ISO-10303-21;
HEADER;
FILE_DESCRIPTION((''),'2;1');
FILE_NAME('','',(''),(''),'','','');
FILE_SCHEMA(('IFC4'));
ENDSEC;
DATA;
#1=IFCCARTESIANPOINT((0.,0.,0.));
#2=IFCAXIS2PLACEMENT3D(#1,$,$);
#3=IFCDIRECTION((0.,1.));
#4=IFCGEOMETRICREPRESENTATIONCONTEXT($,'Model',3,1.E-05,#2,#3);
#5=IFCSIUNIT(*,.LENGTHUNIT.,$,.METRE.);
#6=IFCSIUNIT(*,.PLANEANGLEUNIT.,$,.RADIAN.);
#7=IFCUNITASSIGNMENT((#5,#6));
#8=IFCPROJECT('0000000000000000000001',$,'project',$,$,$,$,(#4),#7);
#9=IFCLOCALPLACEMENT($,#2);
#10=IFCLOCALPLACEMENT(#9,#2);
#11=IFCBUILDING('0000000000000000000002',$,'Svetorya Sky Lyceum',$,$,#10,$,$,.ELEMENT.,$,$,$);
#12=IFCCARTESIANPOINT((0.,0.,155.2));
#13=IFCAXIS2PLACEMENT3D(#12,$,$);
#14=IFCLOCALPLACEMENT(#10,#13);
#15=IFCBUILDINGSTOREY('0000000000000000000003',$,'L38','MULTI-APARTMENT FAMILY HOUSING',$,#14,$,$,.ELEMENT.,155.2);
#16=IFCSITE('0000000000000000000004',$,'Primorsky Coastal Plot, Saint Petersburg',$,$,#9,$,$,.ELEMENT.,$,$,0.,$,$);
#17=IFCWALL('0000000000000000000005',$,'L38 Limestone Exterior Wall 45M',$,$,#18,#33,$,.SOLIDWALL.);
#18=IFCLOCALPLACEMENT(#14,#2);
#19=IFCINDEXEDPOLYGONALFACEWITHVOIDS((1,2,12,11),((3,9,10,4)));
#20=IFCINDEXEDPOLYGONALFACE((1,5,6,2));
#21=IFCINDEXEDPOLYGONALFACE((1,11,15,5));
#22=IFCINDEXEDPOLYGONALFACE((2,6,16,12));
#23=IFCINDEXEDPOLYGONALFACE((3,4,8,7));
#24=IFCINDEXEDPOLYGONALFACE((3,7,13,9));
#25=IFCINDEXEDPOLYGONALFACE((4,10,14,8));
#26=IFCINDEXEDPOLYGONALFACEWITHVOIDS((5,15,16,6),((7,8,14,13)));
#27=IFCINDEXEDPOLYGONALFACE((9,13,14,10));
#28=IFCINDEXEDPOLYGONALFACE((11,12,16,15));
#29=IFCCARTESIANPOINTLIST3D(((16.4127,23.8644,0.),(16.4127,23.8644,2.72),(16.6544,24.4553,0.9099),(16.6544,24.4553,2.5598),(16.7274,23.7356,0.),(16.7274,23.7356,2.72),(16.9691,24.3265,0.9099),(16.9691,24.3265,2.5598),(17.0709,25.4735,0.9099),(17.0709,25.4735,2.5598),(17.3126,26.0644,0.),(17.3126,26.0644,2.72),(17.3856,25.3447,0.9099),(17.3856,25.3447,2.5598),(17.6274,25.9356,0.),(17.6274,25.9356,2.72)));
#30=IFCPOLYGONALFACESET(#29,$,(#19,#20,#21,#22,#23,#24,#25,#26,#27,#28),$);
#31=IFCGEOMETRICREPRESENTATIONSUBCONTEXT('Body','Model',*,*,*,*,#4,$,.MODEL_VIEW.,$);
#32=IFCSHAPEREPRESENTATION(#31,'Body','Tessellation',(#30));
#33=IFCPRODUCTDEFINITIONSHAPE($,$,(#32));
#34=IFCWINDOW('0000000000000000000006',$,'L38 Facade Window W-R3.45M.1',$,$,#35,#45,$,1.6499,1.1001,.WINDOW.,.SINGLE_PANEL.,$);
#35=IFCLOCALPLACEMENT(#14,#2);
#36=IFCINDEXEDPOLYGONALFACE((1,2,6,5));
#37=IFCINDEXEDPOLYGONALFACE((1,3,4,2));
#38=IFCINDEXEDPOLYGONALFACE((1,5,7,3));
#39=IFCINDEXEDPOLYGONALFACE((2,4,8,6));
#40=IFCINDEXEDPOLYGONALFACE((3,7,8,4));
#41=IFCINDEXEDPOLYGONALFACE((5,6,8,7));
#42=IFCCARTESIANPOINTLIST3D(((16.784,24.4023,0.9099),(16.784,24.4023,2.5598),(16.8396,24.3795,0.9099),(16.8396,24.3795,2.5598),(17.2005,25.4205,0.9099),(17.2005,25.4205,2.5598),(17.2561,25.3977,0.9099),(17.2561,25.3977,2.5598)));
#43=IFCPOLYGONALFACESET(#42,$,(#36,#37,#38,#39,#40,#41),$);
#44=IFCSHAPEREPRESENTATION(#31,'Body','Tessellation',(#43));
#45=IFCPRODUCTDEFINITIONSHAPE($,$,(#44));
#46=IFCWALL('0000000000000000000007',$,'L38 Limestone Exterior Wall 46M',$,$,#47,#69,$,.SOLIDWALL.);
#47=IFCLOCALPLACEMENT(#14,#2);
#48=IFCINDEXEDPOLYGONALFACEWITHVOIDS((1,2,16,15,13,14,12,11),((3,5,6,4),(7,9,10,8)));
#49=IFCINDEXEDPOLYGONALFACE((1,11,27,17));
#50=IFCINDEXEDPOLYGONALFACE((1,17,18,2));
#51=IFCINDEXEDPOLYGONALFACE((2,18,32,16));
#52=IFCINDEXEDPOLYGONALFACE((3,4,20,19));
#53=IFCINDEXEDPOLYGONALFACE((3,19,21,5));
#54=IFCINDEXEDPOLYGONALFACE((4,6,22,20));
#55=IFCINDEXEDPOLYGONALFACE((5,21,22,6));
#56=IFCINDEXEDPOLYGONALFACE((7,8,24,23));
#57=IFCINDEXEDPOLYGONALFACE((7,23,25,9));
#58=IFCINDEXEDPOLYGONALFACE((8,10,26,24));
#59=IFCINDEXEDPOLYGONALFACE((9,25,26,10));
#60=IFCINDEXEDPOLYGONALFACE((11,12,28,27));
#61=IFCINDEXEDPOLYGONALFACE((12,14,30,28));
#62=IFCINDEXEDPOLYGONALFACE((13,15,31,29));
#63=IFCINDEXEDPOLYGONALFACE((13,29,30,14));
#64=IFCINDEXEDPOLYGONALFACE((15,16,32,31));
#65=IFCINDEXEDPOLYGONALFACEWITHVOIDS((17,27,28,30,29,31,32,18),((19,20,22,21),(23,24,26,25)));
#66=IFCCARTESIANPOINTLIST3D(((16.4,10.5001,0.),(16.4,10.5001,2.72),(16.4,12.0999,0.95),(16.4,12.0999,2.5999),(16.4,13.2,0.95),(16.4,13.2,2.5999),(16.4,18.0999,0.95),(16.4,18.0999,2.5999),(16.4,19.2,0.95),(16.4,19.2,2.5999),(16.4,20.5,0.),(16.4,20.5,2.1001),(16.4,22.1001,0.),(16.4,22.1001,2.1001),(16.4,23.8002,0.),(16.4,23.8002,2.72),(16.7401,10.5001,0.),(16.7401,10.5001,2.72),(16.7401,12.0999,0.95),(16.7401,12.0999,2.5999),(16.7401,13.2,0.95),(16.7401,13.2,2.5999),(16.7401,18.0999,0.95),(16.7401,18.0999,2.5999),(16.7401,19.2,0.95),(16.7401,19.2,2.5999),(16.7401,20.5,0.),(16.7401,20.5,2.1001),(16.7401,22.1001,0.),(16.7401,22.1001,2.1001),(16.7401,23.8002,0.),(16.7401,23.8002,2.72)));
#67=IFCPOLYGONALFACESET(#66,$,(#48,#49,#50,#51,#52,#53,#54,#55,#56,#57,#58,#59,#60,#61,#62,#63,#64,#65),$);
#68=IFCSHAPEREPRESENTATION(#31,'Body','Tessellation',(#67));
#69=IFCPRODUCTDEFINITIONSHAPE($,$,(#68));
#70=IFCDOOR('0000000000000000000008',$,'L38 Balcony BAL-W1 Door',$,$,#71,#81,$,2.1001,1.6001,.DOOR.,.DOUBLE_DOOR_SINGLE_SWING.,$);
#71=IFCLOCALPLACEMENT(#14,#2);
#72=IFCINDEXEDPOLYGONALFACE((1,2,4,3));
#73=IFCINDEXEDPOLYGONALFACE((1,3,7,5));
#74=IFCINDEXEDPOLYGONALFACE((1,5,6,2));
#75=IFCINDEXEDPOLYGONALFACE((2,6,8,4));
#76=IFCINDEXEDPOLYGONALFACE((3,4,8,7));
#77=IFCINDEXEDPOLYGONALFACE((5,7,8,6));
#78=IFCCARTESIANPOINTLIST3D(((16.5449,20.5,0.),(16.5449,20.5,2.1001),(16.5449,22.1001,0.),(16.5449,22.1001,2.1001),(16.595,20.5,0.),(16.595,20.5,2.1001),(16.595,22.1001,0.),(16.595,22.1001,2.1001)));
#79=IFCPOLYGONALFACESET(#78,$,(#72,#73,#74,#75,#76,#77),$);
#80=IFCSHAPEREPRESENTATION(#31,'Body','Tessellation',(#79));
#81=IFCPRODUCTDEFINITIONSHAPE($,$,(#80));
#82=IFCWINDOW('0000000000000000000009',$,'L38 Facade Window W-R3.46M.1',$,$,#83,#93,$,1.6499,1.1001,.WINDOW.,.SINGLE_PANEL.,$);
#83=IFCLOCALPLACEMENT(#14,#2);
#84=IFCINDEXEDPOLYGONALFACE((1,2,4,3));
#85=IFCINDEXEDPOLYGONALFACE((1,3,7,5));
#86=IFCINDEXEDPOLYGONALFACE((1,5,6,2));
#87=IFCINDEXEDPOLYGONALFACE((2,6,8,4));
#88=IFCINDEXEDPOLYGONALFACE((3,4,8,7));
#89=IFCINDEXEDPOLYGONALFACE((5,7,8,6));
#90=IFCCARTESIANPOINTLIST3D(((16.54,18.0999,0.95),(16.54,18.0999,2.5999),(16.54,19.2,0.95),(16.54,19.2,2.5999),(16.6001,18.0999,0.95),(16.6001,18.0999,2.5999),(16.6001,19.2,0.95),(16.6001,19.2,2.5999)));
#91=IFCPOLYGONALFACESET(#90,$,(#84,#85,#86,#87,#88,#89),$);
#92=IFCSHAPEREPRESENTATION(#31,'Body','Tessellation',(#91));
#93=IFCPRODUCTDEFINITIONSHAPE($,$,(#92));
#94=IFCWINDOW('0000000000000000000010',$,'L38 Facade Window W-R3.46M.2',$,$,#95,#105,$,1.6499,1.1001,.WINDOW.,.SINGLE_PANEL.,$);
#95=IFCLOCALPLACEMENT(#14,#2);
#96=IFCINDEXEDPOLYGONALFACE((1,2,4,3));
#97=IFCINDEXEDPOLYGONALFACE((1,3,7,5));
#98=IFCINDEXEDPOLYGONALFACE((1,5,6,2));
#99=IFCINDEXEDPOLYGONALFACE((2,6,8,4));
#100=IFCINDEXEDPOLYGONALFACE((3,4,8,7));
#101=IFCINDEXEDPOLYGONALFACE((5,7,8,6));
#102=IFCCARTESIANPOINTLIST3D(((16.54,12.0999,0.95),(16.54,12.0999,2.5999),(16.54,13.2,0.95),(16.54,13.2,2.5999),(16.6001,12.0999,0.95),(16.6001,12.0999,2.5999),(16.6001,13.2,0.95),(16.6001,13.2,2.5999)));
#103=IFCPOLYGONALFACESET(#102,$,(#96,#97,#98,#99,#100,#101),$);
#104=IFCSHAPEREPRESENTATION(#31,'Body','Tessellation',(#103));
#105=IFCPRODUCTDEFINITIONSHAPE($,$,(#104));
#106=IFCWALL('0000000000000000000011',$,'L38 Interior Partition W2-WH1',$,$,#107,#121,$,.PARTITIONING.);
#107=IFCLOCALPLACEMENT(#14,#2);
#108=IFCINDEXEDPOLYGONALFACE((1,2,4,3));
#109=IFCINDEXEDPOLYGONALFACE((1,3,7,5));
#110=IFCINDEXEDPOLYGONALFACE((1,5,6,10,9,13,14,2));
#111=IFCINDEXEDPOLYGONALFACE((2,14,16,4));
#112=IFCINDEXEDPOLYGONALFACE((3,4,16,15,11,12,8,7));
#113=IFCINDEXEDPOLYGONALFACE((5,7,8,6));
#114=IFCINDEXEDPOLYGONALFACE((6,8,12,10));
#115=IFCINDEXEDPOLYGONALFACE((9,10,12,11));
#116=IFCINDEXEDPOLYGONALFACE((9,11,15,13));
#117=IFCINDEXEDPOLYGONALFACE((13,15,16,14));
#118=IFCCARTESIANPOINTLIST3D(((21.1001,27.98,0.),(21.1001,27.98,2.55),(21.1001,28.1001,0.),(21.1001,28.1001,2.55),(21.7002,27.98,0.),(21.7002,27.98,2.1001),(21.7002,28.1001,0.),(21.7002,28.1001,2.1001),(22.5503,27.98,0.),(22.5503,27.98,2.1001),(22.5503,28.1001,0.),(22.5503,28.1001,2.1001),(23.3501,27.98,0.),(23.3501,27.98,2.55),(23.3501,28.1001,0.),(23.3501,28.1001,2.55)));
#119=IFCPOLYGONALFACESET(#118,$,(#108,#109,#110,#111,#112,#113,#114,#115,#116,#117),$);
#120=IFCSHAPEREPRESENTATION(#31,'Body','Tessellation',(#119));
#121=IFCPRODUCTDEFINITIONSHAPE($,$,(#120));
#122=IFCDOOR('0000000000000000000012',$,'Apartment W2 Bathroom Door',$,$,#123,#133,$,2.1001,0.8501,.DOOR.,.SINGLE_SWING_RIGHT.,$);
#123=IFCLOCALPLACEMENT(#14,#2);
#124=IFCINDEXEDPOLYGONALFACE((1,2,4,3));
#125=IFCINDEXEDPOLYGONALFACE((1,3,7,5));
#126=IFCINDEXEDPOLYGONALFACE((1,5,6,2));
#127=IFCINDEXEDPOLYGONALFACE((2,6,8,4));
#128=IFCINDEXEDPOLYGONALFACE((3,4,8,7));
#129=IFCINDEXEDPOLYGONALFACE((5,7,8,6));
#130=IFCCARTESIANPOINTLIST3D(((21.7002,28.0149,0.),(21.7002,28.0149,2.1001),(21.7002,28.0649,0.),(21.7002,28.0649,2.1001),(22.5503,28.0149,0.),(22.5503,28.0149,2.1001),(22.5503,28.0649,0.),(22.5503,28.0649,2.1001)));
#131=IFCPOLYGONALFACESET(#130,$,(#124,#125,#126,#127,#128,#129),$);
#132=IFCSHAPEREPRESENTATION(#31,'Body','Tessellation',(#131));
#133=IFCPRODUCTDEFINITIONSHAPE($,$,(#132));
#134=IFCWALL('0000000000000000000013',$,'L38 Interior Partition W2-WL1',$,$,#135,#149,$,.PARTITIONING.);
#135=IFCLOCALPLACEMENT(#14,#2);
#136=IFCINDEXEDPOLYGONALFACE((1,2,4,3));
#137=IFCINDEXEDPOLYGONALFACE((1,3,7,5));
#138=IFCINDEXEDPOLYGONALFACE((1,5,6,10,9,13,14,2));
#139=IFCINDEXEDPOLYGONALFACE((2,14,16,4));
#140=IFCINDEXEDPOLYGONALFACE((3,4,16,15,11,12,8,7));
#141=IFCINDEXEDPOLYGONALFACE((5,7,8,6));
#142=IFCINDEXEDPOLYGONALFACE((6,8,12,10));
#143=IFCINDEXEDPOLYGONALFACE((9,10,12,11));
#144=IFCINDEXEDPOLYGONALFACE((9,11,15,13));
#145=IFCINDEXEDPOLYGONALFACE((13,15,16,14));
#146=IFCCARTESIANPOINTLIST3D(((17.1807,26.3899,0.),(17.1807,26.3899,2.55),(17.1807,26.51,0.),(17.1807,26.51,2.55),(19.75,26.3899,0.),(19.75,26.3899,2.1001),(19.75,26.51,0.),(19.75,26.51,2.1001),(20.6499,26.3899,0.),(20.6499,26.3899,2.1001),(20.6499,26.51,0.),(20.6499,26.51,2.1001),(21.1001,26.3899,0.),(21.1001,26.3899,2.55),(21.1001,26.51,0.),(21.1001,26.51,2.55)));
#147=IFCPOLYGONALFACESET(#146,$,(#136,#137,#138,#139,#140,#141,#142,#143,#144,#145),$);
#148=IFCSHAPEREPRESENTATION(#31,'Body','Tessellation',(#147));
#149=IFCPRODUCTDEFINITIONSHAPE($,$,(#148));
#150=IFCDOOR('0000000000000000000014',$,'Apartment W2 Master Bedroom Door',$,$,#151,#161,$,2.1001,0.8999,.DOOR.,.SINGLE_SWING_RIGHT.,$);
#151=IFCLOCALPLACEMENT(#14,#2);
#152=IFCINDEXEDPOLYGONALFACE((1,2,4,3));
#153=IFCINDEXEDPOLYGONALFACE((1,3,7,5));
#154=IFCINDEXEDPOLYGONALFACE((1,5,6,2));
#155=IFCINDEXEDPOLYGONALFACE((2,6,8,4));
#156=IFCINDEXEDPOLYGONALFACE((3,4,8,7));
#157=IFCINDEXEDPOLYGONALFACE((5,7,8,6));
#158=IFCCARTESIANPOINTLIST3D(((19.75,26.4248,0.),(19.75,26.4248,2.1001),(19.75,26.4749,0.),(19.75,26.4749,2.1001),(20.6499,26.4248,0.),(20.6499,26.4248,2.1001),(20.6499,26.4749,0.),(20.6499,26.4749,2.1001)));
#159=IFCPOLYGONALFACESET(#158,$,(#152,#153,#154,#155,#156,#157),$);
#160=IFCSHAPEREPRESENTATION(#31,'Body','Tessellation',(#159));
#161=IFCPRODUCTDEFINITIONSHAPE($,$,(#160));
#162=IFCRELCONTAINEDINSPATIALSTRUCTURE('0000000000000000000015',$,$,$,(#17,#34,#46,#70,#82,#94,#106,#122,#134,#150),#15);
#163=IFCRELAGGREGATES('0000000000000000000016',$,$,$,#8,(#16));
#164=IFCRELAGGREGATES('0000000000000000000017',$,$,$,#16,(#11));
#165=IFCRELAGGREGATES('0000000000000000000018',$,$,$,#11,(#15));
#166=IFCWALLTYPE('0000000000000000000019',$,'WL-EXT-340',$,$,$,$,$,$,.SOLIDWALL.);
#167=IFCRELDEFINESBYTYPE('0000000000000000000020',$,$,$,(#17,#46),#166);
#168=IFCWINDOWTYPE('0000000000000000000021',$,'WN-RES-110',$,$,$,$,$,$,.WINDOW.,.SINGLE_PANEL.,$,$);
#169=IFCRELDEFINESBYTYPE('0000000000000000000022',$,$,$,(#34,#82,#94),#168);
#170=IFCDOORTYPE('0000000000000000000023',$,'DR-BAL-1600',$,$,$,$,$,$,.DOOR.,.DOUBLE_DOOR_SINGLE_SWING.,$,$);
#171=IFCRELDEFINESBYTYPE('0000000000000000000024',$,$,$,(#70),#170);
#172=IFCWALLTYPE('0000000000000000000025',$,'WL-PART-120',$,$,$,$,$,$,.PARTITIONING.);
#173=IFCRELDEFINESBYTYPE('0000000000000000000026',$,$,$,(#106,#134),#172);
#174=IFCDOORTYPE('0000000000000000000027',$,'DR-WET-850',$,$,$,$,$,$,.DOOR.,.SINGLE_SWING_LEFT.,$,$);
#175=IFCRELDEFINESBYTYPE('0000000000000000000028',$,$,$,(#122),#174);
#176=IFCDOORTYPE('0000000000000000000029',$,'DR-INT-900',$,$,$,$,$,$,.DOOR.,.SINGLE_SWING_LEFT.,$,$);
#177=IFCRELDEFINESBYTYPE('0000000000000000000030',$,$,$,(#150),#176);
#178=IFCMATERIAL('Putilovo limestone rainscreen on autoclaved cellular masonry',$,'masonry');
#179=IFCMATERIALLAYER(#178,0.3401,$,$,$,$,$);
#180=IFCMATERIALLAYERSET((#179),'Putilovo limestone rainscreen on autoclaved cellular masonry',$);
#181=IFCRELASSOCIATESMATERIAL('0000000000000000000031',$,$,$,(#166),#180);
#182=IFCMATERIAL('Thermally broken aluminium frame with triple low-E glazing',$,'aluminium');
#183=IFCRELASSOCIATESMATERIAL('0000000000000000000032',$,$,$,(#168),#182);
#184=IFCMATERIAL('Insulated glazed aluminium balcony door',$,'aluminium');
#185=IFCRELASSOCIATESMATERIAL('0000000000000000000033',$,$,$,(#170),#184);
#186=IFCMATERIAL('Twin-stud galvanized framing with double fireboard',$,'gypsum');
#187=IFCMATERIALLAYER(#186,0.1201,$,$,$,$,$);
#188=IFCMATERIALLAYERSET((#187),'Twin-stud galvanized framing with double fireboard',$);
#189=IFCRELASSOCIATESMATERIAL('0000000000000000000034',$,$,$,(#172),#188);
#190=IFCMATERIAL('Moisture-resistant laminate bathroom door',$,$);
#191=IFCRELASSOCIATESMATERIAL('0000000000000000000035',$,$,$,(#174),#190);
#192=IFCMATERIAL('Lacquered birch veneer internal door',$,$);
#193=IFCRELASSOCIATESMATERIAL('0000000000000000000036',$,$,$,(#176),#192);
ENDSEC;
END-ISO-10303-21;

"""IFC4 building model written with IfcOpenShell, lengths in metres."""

from ifc_helpers import new_model, si_unit, direction, frame, frame_2d, origin, place, context, subcontext, project, spatial, rectangle, extrude, material, layer, layer_set, type_object, element, fill, save


model = new_model("IFC4")

# Units and contexts
model_context = context("Model", 3, precision=1e-05, world=origin(), true_north=direction((0.0, 1.0)))
body_context = subcontext(model_context, "Body", "Model", "MODEL_VIEW")
ifc_project = project(units=[si_unit("LENGTHUNIT", "METRE"), si_unit("PLANEANGLEUNIT", "RADIAN")], contexts=[model_context])

# Site, building, storey
site_placement = place(None, origin())
site = spatial("IfcSite", under=ifc_project, at=site_placement, Name="Primorsky Coastal Plot, Saint Petersburg", CompositionType="ELEMENT", RefElevation=0.0)
building_placement = place(site_placement, origin())
building = spatial("IfcBuilding", under=site, at=building_placement, Name="Svetorya Sky Lyceum", CompositionType="ELEMENT")
storey_placement = place(building_placement, frame((0.0, 0.0, 155.2)))
storey = spatial("IfcBuildingStorey", under=building, at=storey_placement, Name="L38", Description="MULTI-APARTMENT FAMILY HOUSING", CompositionType="ELEMENT", Elevation=155.2)

# Shared definitions
ifc_material_1 = material(Name="Putilovo limestone rainscreen on autoclaved cellular masonry", Category="masonry")
ifc_layer_1 = layer(ifc_material_1, 0.3401)
ifc_layer_set_1 = layer_set([ifc_layer_1], Name="Putilovo limestone rainscreen on autoclaved cellular masonry")
wall_type_1 = type_object("IfcWallType", Name="WL-EXT-340", PredefinedType="SOLIDWALL", material=ifc_layer_set_1)

# Wall, opening, window
wall_1_placement = place(storey_placement, frame((17.47, 26.0, 0.0), z_axis=(0.0, 0.0, 1.0), x_axis=(-0.378605, -0.925558, 0.0)))
wall_1 = element("IfcWall", 1, at=wall_1_placement, inside=storey, type_object=wall_type_1, Name="L38 Limestone Exterior Wall 45M", PredefinedType="SOLIDWALL", context=body_context, shape_type="SweptSolid", body=[
    extrude(rectangle(XDim=2.377, YDim=0.3401, at=frame_2d((1.1885, 0.0))), origin(), (0.0, 0.0, 1.0), 2.72),
])
opening_1_placement = place(wall_1_placement, frame((0.6384, 0.0, 0.9099)))
opening_1 = element("IfcOpeningElement", 2, at=opening_1_placement, cuts=wall_1, PredefinedType="OPENING", context=body_context, shape_type="SweptSolid", body=[
    extrude(rectangle(XDim=1.1001, YDim=1.6499, at=frame_2d((0.55, 0.825))), frame((0.0, 0.1799, 0.0), z_axis=(0.0, -1.0, 0.0), x_axis=(1.0, 0.0, 0.0)), (0.0, 0.0, 1.0), 0.3601),
])
ifc_material_2 = material(Name="Thermally broken aluminium frame with triple low-E glazing", Category="aluminium")
window_type = type_object("IfcWindowType", Name="WN-RES-110", PartitioningType="SINGLE_PANEL", PredefinedType="WINDOW", material=ifc_material_2)
window_1_placement = place(opening_1_placement, origin())
window_1 = element("IfcWindow", 3, at=window_1_placement, inside=storey, type_object=window_type, Name="L38 Facade Window W-R3.45M.1", OverallHeight=1.6499, OverallWidth=1.1001, PartitioningType="SINGLE_PANEL", PredefinedType="WINDOW", context=body_context, shape_type="SweptSolid", body=[
    extrude(rectangle(XDim=1.1001, YDim=1.6499, at=frame_2d((0.55, 0.825))), frame((0.0, 0.03, 0.0), z_axis=(0.0, -1.0, 0.0), x_axis=(1.0, 0.0, 0.0)), (0.0, 0.0, 1.0), 0.0601),
])
fill(opening_1, window_1)

# Wall, openings, door, windows
wall_2_placement = place(storey_placement, frame((16.5701, 23.8, 0.0), z_axis=(0.0, 0.0, 1.0), x_axis=(0.0, -1.0, 0.0)))
wall_2 = element("IfcWall", 4, at=wall_2_placement, inside=storey, type_object=wall_type_1, Name="L38 Limestone Exterior Wall 46M", PredefinedType="SOLIDWALL", context=body_context, shape_type="SweptSolid", body=[
    extrude(rectangle(XDim=13.3, YDim=0.3401, at=frame_2d((6.6499, 0.0))), origin(), (0.0, 0.0, 1.0), 2.72),
])
opening_2_placement = place(wall_2_placement, frame((1.7, 0.0, 0.0)))
opening_2 = element("IfcOpeningElement", 5, at=opening_2_placement, cuts=wall_2, PredefinedType="OPENING", context=body_context, shape_type="SweptSolid", body=[
    extrude(rectangle(XDim=1.6001, YDim=2.1001, at=frame_2d((0.8, 1.05))), frame((0.0, 0.1799, 0.0), z_axis=(0.0, -1.0, 0.0), x_axis=(1.0, 0.0, 0.0)), (0.0, 0.0, 1.0), 0.3601),
])
opening_3_placement = place(wall_2_placement, frame((4.6001, 0.0, 0.95)))
opening_3 = element("IfcOpeningElement", 6, at=opening_3_placement, cuts=wall_2, PredefinedType="OPENING", context=body_context, shape_type="SweptSolid", body=[
    extrude(rectangle(XDim=1.1001, YDim=1.6499, at=frame_2d((0.55, 0.825))), frame((0.0, 0.1799, 0.0), z_axis=(0.0, -1.0, 0.0), x_axis=(1.0, 0.0, 0.0)), (0.0, 0.0, 1.0), 0.3601),
])
opening_4_placement = place(wall_2_placement, frame((10.6001, 0.0, 0.95)))
opening_4 = element("IfcOpeningElement", 7, at=opening_4_placement, cuts=wall_2, PredefinedType="OPENING", context=body_context, shape_type="SweptSolid", body=[
    extrude(rectangle(XDim=1.1001, YDim=1.6499, at=frame_2d((0.55, 0.825))), frame((0.0, 0.1799, 0.0), z_axis=(0.0, -1.0, 0.0), x_axis=(1.0, 0.0, 0.0)), (0.0, 0.0, 1.0), 0.3601),
])
ifc_material_3 = material(Name="Insulated glazed aluminium balcony door", Category="aluminium")
door_type_1 = type_object("IfcDoorType", Name="DR-BAL-1600", OperationType="DOUBLE_DOOR_SINGLE_SWING", PredefinedType="DOOR", material=ifc_material_3)
door_1_placement = place(opening_2_placement, origin())
door_1 = element("IfcDoor", 8, at=door_1_placement, inside=storey, type_object=door_type_1, Name="L38 Balcony BAL-W1 Door", OperationType="DOUBLE_DOOR_SINGLE_SWING", OverallHeight=2.1001, OverallWidth=1.6001, PredefinedType="DOOR", context=body_context, shape_type="SweptSolid", body=[
    extrude(rectangle(XDim=1.6001, YDim=2.1001, at=frame_2d((0.8, 1.05))), frame((0.0, 0.0249, 0.0), z_axis=(0.0, -1.0, 0.0), x_axis=(1.0, 0.0, 0.0)), (0.0, 0.0, 1.0), 0.05),
])
fill(opening_2, door_1)
window_2_placement = place(opening_3_placement, origin())
window_2 = element("IfcWindow", 9, at=window_2_placement, inside=storey, type_object=window_type, Name="L38 Facade Window W-R3.46M.1", OverallHeight=1.6499, OverallWidth=1.1001, PartitioningType="SINGLE_PANEL", PredefinedType="WINDOW", context=body_context, shape_type="SweptSolid", body=[
    extrude(rectangle(XDim=1.1001, YDim=1.6499, at=frame_2d((0.55, 0.825))), frame((0.0, 0.03, 0.0), z_axis=(0.0, -1.0, 0.0), x_axis=(1.0, 0.0, 0.0)), (0.0, 0.0, 1.0), 0.0601),
])
fill(opening_3, window_2)
window_3_placement = place(opening_4_placement, origin())
window_3 = element("IfcWindow", 10, at=window_3_placement, inside=storey, type_object=window_type, Name="L38 Facade Window W-R3.46M.2", OverallHeight=1.6499, OverallWidth=1.1001, PartitioningType="SINGLE_PANEL", PredefinedType="WINDOW", context=body_context, shape_type="SweptSolid", body=[
    extrude(rectangle(XDim=1.1001, YDim=1.6499, at=frame_2d((0.55, 0.825))), frame((0.0, 0.03, 0.0), z_axis=(0.0, -1.0, 0.0), x_axis=(1.0, 0.0, 0.0)), (0.0, 0.0, 1.0), 0.0601),
])
fill(opening_4, window_3)

# Walls, openings, doors
ifc_material_4 = material(Name="Twin-stud galvanized framing with double fireboard", Category="gypsum")
ifc_layer_2 = layer(ifc_material_4, 0.1201)
ifc_layer_set_2 = layer_set([ifc_layer_2], Name="Twin-stud galvanized framing with double fireboard")
wall_type_2 = type_object("IfcWallType", Name="WL-PART-120", PredefinedType="PARTITIONING", material=ifc_layer_set_2)
wall_3_placement = place(storey_placement, frame((21.1001, 28.04, 0.0), z_axis=(0.0, 0.0, 1.0), x_axis=(1.0, 0.0, 0.0)))
wall_3 = element("IfcWall", 11, at=wall_3_placement, inside=storey, type_object=wall_type_2, Name="L38 Interior Partition W2-WH1", PredefinedType="PARTITIONING", context=body_context, shape_type="SweptSolid", body=[
    extrude(rectangle(XDim=2.25, YDim=0.1201, at=frame_2d((1.125, 0.0))), origin(), (0.0, 0.0, 1.0), 2.55),
])
opening_5_placement = place(wall_3_placement, frame((0.6001, 0.0, 0.0)))
opening_5 = element("IfcOpeningElement", 12, at=opening_5_placement, cuts=wall_3, PredefinedType="OPENING", context=body_context, shape_type="SweptSolid", body=[
    extrude(rectangle(XDim=0.8501, YDim=2.1001, at=frame_2d((0.425, 1.05))), frame((0.0, 0.0701, 0.0), z_axis=(0.0, -1.0, 0.0), x_axis=(1.0, 0.0, 0.0)), (0.0, 0.0, 1.0), 0.1401),
])
ifc_material_5 = material(Name="Moisture-resistant laminate bathroom door")
door_type_2 = type_object("IfcDoorType", Name="DR-WET-850", OperationType="SINGLE_SWING_LEFT", PredefinedType="DOOR", material=ifc_material_5)
door_2_placement = place(opening_5_placement, origin())
door_2 = element("IfcDoor", 13, at=door_2_placement, inside=storey, type_object=door_type_2, Name="Apartment W2 Bathroom Door", OperationType="SINGLE_SWING_RIGHT", OverallHeight=2.1001, OverallWidth=0.8501, PredefinedType="DOOR", context=body_context, shape_type="SweptSolid", body=[
    extrude(rectangle(XDim=0.8501, YDim=2.1001, at=frame_2d((0.425, 1.05))), frame((0.0, 0.0249, 0.0), z_axis=(0.0, -1.0, 0.0), x_axis=(1.0, 0.0, 0.0)), (0.0, 0.0, 1.0), 0.05),
])
fill(opening_5, door_2)
wall_4_placement = place(storey_placement, frame((17.1807, 26.45, 0.0), z_axis=(0.0, 0.0, 1.0), x_axis=(1.0, 0.0, 0.0)))
wall_4 = element("IfcWall", 14, at=wall_4_placement, inside=storey, type_object=wall_type_2, Name="L38 Interior Partition W2-WL1", PredefinedType="PARTITIONING", context=body_context, shape_type="SweptSolid", body=[
    extrude(rectangle(XDim=3.9194, YDim=0.1201, at=frame_2d((1.9597, 0.0))), origin(), (0.0, 0.0, 1.0), 2.55),
])
opening_6_placement = place(wall_4_placement, frame((2.5693, 0.0, 0.0)))
opening_6 = element("IfcOpeningElement", 15, at=opening_6_placement, cuts=wall_4, PredefinedType="OPENING", context=body_context, shape_type="SweptSolid", body=[
    extrude(rectangle(XDim=0.8999, YDim=2.1001, at=frame_2d((0.45, 1.05))), frame((0.0, 0.0701, 0.0), z_axis=(0.0, -1.0, 0.0), x_axis=(1.0, 0.0, 0.0)), (0.0, 0.0, 1.0), 0.1401),
])
ifc_material_6 = material(Name="Lacquered birch veneer internal door")
door_type_3 = type_object("IfcDoorType", Name="DR-INT-900", OperationType="SINGLE_SWING_LEFT", PredefinedType="DOOR", material=ifc_material_6)
door_3_placement = place(opening_6_placement, origin())
door_3 = element("IfcDoor", 16, at=door_3_placement, inside=storey, type_object=door_type_3, Name="Apartment W2 Master Bedroom Door", OperationType="SINGLE_SWING_RIGHT", OverallHeight=2.1001, OverallWidth=0.8999, PredefinedType="DOOR", context=body_context, shape_type="SweptSolid", body=[
    extrude(rectangle(XDim=0.8999, YDim=2.1001, at=frame_2d((0.45, 1.05))), frame((0.0, 0.0249, 0.0), z_axis=(0.0, -1.0, 0.0), x_axis=(1.0, 0.0, 0.0)), (0.0, 0.0, 1.0), 0.05),
])
fill(opening_6, door_3)

save(model, "model.ifc")
